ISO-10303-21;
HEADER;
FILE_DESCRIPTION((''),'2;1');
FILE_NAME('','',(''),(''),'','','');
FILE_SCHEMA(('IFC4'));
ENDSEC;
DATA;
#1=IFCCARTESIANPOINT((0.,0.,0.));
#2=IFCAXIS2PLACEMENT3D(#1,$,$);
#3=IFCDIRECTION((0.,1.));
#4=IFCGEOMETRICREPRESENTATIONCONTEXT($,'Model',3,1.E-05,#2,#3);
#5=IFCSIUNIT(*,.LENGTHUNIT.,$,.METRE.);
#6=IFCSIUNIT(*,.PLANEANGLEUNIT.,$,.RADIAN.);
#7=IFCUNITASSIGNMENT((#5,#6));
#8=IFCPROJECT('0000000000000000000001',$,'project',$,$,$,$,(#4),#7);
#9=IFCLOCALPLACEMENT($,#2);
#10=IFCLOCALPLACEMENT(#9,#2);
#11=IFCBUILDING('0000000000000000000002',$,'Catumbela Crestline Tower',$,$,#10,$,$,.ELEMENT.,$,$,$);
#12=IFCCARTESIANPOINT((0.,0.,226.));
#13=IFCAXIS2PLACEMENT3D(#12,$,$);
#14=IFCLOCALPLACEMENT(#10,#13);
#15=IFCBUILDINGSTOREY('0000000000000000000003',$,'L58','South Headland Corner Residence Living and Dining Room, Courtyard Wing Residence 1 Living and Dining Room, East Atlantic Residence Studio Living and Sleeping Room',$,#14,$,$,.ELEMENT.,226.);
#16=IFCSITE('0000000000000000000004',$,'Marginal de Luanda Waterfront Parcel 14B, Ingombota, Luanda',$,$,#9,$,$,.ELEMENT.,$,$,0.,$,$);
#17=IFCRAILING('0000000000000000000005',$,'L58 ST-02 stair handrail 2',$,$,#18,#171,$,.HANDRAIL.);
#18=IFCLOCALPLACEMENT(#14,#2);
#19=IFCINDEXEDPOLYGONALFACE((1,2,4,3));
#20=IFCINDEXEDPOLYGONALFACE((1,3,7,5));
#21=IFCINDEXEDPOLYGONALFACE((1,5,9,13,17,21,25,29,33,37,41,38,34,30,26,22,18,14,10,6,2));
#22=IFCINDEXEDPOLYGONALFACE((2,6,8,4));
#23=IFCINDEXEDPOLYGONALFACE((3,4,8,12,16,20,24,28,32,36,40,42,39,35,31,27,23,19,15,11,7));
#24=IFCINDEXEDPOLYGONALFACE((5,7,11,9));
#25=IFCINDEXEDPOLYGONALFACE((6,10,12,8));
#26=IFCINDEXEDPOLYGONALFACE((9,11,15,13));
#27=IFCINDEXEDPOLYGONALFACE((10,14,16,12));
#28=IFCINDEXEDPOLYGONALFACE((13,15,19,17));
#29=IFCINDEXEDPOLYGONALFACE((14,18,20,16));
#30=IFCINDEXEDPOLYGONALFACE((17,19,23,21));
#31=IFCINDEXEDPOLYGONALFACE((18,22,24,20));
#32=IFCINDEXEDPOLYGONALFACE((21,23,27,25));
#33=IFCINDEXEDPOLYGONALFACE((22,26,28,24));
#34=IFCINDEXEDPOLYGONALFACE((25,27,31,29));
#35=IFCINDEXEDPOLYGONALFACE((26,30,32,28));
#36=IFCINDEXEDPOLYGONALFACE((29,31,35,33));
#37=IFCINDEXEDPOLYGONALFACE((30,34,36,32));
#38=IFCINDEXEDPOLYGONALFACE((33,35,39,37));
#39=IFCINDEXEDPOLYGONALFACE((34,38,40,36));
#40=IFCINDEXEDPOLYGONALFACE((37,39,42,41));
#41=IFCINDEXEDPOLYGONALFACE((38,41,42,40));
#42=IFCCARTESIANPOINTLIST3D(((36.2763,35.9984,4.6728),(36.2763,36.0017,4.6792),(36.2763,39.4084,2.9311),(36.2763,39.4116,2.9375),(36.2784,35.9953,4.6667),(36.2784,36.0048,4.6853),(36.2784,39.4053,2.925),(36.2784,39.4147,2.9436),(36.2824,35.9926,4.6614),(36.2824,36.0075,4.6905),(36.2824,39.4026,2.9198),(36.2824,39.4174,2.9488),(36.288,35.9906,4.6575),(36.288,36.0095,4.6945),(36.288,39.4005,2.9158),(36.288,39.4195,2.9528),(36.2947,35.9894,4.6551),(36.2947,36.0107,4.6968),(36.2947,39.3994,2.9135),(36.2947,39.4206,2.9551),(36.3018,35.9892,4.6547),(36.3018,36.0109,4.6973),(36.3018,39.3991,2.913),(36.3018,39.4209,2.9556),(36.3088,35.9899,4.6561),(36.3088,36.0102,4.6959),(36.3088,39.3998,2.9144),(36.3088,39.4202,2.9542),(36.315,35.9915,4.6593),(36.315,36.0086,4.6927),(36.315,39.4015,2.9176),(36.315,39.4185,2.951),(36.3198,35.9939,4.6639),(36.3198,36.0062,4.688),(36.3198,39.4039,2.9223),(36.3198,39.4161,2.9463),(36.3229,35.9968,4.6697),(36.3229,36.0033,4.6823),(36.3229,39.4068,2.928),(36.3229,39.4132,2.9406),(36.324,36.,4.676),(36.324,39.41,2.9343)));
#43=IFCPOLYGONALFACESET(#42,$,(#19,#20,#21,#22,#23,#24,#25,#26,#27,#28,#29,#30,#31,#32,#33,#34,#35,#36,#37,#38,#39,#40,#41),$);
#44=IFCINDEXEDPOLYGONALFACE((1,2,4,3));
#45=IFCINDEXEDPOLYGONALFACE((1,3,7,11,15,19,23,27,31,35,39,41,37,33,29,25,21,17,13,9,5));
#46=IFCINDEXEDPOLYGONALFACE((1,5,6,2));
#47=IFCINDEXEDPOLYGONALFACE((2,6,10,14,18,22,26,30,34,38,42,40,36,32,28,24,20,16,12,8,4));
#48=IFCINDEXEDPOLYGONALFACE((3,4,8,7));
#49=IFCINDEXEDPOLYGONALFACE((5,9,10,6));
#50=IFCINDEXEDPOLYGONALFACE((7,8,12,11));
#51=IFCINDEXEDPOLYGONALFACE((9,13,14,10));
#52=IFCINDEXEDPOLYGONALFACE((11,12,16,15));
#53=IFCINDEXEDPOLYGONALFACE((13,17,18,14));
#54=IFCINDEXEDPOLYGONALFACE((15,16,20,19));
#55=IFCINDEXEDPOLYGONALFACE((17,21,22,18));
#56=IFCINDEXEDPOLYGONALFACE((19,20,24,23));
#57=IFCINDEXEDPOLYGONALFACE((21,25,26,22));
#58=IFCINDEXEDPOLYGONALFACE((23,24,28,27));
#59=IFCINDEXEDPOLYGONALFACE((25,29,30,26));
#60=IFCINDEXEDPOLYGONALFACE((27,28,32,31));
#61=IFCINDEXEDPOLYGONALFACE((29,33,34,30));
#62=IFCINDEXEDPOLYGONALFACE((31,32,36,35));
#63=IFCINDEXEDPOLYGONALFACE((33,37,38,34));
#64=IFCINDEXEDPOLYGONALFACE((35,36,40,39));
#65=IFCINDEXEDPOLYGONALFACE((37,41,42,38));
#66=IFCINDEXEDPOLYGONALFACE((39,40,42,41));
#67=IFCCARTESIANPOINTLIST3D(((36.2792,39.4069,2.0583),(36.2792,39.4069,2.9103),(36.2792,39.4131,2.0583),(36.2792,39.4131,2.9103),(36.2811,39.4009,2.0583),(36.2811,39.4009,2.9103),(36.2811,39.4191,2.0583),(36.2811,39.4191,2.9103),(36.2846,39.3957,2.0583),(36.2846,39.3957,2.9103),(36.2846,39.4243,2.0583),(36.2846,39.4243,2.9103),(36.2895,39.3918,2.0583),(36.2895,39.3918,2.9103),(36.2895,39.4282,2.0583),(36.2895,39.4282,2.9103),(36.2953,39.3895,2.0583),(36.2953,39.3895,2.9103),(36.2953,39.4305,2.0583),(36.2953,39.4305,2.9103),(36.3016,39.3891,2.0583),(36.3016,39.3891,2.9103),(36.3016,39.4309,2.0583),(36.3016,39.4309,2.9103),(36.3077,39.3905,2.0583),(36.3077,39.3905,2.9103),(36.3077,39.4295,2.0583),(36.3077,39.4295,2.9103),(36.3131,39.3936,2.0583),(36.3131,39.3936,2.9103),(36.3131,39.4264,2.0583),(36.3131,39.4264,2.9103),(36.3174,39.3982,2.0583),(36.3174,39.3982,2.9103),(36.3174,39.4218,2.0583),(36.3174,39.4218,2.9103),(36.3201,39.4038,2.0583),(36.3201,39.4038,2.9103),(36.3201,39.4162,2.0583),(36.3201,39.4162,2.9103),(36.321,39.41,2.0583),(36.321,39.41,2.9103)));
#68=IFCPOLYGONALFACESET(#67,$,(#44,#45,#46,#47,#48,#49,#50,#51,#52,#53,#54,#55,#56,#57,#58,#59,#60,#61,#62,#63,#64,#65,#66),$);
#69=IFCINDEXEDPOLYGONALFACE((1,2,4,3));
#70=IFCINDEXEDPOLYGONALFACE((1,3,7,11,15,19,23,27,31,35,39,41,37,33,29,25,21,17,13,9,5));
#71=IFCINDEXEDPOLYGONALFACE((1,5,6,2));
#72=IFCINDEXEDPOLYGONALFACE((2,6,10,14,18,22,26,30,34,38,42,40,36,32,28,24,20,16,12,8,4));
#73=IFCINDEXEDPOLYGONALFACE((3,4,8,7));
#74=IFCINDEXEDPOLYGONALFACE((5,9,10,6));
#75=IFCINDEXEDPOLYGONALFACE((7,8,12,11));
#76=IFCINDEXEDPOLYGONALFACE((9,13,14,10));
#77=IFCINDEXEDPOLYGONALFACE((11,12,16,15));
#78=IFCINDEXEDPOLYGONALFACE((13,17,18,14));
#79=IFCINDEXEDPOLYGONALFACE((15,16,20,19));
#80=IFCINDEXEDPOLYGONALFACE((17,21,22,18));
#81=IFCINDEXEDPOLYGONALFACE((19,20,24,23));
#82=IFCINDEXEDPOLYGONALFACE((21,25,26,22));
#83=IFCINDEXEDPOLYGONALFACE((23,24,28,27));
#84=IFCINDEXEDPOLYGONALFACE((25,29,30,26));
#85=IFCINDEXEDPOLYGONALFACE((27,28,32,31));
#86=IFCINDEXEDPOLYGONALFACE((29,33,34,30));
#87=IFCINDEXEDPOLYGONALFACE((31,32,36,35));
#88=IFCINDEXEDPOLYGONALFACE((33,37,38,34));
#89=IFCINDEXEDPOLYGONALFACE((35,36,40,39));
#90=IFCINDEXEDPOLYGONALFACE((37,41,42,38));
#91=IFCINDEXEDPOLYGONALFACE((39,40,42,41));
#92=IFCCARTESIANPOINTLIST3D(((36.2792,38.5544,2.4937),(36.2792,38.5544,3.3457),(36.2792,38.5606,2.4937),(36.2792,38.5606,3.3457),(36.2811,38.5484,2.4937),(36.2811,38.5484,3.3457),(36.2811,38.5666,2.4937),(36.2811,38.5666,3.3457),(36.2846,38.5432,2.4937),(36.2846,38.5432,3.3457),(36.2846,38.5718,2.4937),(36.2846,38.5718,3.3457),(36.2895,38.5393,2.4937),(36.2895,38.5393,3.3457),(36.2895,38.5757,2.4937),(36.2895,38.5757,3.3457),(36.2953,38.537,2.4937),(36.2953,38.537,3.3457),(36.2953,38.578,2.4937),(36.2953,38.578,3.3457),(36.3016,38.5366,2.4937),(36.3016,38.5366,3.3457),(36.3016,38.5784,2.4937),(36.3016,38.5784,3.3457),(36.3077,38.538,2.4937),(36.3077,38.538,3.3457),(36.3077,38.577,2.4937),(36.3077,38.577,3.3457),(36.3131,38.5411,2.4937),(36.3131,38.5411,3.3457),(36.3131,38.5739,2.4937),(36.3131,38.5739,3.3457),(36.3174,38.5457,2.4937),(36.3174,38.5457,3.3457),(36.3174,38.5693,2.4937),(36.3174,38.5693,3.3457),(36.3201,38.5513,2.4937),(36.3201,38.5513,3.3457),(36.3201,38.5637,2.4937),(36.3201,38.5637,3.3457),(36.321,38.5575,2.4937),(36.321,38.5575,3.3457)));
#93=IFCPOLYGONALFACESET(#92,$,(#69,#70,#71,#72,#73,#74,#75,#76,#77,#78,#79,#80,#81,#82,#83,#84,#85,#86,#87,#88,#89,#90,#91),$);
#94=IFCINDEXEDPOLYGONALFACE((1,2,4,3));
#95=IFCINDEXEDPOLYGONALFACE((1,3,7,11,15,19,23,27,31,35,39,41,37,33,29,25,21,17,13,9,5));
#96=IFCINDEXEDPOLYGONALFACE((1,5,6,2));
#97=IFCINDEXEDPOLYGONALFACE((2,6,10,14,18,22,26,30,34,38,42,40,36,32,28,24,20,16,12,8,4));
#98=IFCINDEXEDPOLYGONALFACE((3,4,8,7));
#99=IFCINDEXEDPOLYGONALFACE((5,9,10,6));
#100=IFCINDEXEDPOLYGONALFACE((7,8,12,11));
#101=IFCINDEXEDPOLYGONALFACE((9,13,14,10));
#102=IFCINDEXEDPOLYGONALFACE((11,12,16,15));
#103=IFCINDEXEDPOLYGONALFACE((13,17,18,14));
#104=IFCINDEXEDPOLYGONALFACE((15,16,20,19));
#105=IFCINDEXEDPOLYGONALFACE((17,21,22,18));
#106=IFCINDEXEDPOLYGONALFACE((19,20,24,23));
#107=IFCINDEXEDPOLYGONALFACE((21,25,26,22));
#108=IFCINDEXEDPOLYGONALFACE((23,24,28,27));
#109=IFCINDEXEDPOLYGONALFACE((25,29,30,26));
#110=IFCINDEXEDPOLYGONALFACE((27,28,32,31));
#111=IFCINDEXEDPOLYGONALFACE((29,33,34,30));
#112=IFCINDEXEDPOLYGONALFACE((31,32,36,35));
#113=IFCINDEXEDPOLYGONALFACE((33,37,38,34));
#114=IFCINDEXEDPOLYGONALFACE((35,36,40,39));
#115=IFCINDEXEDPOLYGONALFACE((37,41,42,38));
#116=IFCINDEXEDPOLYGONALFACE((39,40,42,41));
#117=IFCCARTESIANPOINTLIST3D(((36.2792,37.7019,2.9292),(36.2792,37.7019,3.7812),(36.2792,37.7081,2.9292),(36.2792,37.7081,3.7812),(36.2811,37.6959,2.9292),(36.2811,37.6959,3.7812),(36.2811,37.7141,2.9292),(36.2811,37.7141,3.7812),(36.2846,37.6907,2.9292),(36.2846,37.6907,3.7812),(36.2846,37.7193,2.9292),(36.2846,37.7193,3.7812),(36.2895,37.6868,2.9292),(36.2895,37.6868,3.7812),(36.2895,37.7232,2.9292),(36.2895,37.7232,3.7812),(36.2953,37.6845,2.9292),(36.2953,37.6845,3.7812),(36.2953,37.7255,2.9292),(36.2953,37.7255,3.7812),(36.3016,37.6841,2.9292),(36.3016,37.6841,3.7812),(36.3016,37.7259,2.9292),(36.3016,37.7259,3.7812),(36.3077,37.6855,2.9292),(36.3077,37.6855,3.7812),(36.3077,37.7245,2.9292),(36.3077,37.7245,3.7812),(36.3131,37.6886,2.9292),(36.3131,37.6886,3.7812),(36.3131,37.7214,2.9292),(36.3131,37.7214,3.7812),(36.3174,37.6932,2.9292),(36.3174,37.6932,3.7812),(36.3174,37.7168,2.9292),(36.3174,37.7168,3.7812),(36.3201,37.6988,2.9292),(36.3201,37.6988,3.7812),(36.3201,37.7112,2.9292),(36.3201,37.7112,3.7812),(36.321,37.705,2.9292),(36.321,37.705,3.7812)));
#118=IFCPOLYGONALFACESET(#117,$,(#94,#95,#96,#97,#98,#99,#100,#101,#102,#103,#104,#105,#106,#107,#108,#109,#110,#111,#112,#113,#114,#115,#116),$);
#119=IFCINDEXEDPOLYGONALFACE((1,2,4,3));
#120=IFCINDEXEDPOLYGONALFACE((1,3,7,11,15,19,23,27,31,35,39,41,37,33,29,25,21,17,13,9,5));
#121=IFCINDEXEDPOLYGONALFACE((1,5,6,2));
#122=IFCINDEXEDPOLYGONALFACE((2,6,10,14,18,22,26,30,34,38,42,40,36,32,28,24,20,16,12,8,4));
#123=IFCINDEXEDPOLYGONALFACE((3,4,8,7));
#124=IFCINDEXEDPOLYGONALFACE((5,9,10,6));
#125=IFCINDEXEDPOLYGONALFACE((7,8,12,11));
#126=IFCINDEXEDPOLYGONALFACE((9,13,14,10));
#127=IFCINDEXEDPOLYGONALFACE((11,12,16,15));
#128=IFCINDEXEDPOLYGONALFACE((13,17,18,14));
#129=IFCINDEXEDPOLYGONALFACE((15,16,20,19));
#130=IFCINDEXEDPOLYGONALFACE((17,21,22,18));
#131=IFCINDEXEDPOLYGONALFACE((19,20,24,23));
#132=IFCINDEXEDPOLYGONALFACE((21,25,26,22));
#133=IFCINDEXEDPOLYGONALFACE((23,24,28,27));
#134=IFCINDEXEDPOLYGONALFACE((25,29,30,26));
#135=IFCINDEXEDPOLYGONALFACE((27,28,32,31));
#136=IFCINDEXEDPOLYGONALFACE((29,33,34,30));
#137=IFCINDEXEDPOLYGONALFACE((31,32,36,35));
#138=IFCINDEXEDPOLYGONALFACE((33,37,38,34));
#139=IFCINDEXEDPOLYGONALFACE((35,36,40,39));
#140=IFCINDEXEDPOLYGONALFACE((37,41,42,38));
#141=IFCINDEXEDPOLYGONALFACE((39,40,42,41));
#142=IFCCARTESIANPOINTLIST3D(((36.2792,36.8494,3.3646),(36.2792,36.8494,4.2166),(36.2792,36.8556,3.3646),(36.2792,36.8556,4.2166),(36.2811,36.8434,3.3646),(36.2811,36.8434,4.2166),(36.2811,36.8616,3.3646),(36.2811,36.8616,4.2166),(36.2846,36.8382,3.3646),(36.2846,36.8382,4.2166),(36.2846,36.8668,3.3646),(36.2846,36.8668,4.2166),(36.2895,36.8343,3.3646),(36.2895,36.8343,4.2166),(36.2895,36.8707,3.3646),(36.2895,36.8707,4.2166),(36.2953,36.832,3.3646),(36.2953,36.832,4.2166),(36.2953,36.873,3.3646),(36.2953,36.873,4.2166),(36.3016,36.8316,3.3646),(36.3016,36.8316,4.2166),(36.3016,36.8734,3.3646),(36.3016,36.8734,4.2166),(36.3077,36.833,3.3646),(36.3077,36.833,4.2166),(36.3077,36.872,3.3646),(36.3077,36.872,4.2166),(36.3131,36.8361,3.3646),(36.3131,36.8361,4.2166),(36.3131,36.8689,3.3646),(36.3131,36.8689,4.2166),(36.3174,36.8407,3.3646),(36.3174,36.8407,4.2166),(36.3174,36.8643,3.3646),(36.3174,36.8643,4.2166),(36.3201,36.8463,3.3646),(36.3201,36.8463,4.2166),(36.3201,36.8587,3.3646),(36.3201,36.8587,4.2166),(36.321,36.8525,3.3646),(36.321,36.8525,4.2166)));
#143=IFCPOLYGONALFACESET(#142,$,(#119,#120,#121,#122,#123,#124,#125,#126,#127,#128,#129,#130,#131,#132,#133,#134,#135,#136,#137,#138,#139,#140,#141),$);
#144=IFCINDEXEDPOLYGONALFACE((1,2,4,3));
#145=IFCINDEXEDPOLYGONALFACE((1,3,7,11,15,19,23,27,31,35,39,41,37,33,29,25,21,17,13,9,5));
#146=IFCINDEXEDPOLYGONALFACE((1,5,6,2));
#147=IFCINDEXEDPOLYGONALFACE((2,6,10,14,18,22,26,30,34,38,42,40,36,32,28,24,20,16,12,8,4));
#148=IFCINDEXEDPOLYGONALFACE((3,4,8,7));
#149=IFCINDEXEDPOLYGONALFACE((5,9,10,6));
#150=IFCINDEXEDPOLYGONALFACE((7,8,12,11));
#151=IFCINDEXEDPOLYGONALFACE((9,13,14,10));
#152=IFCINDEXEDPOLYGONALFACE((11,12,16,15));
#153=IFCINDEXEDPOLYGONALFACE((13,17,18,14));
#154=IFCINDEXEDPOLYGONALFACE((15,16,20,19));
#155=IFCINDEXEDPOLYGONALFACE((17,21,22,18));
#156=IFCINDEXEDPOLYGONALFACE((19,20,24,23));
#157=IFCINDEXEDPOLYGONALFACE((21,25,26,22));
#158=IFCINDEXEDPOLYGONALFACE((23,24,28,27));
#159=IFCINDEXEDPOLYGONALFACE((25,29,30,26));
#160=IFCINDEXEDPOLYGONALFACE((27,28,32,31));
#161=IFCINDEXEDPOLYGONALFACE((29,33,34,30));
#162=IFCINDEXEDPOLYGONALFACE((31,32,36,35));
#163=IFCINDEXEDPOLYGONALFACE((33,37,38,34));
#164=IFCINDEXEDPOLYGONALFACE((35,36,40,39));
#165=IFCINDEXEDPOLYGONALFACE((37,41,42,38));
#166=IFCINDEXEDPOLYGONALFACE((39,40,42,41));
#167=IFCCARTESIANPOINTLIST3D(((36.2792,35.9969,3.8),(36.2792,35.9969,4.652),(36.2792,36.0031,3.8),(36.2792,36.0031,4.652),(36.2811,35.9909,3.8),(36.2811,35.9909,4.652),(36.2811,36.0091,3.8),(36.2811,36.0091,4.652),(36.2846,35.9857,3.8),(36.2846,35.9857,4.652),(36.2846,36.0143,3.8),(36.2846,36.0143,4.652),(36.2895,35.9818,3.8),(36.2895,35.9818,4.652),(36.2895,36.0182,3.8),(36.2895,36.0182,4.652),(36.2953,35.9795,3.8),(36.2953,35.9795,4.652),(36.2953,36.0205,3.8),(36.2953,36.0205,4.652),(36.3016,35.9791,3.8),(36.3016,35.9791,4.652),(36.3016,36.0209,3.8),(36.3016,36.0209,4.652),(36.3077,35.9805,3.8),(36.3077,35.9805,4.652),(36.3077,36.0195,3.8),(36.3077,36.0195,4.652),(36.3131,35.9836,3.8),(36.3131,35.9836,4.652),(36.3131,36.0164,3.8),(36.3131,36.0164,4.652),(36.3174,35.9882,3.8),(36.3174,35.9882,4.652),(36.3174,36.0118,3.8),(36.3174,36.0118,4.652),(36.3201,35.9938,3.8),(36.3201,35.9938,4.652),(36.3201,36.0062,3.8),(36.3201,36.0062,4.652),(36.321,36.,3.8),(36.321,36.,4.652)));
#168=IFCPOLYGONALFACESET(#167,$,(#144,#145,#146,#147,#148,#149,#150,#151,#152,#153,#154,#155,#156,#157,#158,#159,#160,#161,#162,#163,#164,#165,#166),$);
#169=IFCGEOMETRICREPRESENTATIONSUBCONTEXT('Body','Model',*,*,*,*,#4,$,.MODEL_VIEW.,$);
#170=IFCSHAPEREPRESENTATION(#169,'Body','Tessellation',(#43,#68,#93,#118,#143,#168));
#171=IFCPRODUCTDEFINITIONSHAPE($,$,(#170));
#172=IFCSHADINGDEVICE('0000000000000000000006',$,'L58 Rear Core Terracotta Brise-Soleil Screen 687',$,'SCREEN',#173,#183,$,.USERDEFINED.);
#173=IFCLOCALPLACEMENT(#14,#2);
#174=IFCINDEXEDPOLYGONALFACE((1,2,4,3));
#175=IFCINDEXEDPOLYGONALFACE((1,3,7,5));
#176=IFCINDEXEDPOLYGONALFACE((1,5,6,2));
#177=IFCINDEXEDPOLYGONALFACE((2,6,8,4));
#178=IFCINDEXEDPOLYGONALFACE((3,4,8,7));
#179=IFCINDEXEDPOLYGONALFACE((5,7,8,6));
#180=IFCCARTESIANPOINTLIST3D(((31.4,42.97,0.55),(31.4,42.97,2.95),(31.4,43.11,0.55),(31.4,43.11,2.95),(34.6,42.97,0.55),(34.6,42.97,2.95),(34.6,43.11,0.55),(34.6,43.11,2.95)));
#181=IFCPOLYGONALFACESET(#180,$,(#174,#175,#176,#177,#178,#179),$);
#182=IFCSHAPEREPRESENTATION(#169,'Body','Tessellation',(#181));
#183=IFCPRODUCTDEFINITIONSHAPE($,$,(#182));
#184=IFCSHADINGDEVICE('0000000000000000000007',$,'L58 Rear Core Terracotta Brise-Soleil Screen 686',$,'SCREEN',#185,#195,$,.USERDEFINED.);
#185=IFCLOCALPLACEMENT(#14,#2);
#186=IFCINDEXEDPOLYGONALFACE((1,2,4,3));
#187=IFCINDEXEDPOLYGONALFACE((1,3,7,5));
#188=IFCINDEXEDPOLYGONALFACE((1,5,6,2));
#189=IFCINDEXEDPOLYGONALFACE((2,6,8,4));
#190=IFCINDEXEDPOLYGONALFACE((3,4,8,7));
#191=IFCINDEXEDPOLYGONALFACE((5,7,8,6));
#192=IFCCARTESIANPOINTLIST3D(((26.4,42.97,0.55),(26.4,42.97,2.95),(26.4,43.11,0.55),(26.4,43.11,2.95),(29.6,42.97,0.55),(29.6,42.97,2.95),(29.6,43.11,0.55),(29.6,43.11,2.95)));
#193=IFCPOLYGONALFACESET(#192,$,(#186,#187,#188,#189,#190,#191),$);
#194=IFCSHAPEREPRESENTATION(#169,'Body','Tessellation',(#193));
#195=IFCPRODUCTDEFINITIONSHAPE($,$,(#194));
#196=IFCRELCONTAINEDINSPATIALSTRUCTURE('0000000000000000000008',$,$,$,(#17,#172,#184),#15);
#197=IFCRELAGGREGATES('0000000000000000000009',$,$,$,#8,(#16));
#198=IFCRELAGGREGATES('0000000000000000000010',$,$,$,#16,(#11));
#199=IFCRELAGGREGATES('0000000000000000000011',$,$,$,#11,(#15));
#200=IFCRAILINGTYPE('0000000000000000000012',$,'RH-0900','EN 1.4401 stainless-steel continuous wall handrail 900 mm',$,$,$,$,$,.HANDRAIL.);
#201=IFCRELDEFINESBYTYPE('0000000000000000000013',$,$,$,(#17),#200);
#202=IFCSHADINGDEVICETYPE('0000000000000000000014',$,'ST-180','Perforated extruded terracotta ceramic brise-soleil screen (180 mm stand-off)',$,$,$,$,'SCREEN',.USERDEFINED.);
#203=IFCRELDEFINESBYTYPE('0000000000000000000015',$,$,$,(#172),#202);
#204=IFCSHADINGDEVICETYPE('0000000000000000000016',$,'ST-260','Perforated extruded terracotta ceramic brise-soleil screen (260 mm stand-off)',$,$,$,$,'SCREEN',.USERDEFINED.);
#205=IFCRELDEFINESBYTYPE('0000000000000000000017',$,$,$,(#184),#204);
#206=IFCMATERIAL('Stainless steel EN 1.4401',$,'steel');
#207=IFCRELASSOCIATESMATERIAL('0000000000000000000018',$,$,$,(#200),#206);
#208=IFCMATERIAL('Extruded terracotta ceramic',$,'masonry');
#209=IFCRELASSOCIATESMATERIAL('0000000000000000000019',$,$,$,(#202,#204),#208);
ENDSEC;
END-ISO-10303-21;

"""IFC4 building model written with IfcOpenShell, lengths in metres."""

from ifc_helpers import new_model, si_unit, direction, frame, origin, origin_2d, place, context, subcontext, project, spatial, rectangle, circle, extrude, material, type_object, element, save


model = new_model("IFC4")

# Units and contexts
model_context = context("Model", 3, precision=1e-05, world=origin(), true_north=direction((0.0, 1.0)))
body_context = subcontext(model_context, "Body", "Model", "MODEL_VIEW")
ifc_project = project(units=[si_unit("LENGTHUNIT", "METRE"), si_unit("PLANEANGLEUNIT", "RADIAN")], contexts=[model_context])

# Site, building, storey
site_placement = place(None, origin())
site = spatial("IfcSite", under=ifc_project, at=site_placement, Name="Marginal de Luanda Waterfront Parcel 14B, Ingombota, Luanda", CompositionType="ELEMENT", RefElevation=0.0)
building_placement = place(site_placement, origin())
building = spatial("IfcBuilding", under=site, at=building_placement, Name="Catumbela Crestline Tower", CompositionType="ELEMENT")
storey_placement = place(building_placement, frame((0.0, 0.0, 226.0)))
storey = spatial("IfcBuildingStorey", under=building, at=storey_placement, Name="L58", Description="South Headland Corner Residence Living and Dining Room, Courtyard Wing Residence 1 Living and Dining Room, East Atlantic Residence Studio Living and Sleeping Room", CompositionType="ELEMENT", Elevation=226.0)

# Shared definitions
ifc_material_1 = material(Name="Stainless steel EN 1.4401", Category="steel")

# Railing
railing_type = type_object("IfcRailingType", Name="RH-0900", Description="EN 1.4401 stainless-steel continuous wall handrail 900 mm", PredefinedType="HANDRAIL", material=ifc_material_1)
railing_placement = place(storey_placement, frame((36.3, 39.41, 2.0583)))
element("IfcRailing", 1, at=railing_placement, inside=storey, type_object=railing_type, Name="L58 ST-02 stair handrail 2", PredefinedType="HANDRAIL", context=body_context, shape_type="SweptSolid", body=[
    extrude(circle(Radius=0.024, at=origin_2d()), frame((0.0, 0.0, 0.876), z_axis=(0.0, -0.89056, 0.454865), x_axis=(1.0, 0.0, 0.0)), (0.0, 0.0, 1.0), 3.829),
    extrude(circle(Radius=0.021, at=origin_2d()), origin(), (0.0, 0.0, 1.0), 0.852),
    extrude(circle(Radius=0.021, at=origin_2d()), frame((0.0, -0.8525, 0.4354)), (0.0, 0.0, 1.0), 0.852),
    extrude(circle(Radius=0.021, at=origin_2d()), frame((0.0, -1.705, 0.8709)), (0.0, 0.0, 1.0), 0.852),
    extrude(circle(Radius=0.021, at=origin_2d()), frame((0.0, -2.5575, 1.3063)), (0.0, 0.0, 1.0), 0.852),
    extrude(circle(Radius=0.021, at=origin_2d()), frame((0.0, -3.41, 1.7417)), (0.0, 0.0, 1.0), 0.852),
])

# Shading devices
ifc_material_2 = material(Name="Extruded terracotta ceramic", Category="masonry")
shading_device_type_1 = type_object("IfcShadingDeviceType", Name="ST-180", Description="Perforated extruded terracotta ceramic brise-soleil screen (180 mm stand-off)", ElementType="SCREEN", PredefinedType="USERDEFINED", material=ifc_material_2)
shading_device_1_placement = place(storey_placement, frame((33.0, 43.04, 0.55), z_axis=(0.0, 0.0, 1.0), x_axis=(1.0, 0.0, 0.0)))
element("IfcShadingDevice", 2, at=shading_device_1_placement, inside=storey, type_object=shading_device_type_1, Name="L58 Rear Core Terracotta Brise-Soleil Screen 687", ObjectType="SCREEN", PredefinedType="USERDEFINED", context=body_context, shape_type="SweptSolid", body=[
    extrude(rectangle(XDim=3.2, YDim=0.14, at=origin_2d()), origin(), (0.0, 0.0, 1.0), 2.4),
])
shading_device_type_2 = type_object("IfcShadingDeviceType", Name="ST-260", Description="Perforated extruded terracotta ceramic brise-soleil screen (260 mm stand-off)", ElementType="SCREEN", PredefinedType="USERDEFINED", material=ifc_material_2)
shading_device_2_placement = place(storey_placement, frame((28.0, 43.04, 0.55), z_axis=(0.0, 0.0, 1.0), x_axis=(1.0, 0.0, 0.0)))
element("IfcShadingDevice", 3, at=shading_device_2_placement, inside=storey, type_object=shading_device_type_2, Name="L58 Rear Core Terracotta Brise-Soleil Screen 686", ObjectType="SCREEN", PredefinedType="USERDEFINED", context=body_context, shape_type="SweptSolid", body=[
    extrude(rectangle(XDim=3.2, YDim=0.14, at=origin_2d()), origin(), (0.0, 0.0, 1.0), 2.4),
])

save(model, "model.ifc")
